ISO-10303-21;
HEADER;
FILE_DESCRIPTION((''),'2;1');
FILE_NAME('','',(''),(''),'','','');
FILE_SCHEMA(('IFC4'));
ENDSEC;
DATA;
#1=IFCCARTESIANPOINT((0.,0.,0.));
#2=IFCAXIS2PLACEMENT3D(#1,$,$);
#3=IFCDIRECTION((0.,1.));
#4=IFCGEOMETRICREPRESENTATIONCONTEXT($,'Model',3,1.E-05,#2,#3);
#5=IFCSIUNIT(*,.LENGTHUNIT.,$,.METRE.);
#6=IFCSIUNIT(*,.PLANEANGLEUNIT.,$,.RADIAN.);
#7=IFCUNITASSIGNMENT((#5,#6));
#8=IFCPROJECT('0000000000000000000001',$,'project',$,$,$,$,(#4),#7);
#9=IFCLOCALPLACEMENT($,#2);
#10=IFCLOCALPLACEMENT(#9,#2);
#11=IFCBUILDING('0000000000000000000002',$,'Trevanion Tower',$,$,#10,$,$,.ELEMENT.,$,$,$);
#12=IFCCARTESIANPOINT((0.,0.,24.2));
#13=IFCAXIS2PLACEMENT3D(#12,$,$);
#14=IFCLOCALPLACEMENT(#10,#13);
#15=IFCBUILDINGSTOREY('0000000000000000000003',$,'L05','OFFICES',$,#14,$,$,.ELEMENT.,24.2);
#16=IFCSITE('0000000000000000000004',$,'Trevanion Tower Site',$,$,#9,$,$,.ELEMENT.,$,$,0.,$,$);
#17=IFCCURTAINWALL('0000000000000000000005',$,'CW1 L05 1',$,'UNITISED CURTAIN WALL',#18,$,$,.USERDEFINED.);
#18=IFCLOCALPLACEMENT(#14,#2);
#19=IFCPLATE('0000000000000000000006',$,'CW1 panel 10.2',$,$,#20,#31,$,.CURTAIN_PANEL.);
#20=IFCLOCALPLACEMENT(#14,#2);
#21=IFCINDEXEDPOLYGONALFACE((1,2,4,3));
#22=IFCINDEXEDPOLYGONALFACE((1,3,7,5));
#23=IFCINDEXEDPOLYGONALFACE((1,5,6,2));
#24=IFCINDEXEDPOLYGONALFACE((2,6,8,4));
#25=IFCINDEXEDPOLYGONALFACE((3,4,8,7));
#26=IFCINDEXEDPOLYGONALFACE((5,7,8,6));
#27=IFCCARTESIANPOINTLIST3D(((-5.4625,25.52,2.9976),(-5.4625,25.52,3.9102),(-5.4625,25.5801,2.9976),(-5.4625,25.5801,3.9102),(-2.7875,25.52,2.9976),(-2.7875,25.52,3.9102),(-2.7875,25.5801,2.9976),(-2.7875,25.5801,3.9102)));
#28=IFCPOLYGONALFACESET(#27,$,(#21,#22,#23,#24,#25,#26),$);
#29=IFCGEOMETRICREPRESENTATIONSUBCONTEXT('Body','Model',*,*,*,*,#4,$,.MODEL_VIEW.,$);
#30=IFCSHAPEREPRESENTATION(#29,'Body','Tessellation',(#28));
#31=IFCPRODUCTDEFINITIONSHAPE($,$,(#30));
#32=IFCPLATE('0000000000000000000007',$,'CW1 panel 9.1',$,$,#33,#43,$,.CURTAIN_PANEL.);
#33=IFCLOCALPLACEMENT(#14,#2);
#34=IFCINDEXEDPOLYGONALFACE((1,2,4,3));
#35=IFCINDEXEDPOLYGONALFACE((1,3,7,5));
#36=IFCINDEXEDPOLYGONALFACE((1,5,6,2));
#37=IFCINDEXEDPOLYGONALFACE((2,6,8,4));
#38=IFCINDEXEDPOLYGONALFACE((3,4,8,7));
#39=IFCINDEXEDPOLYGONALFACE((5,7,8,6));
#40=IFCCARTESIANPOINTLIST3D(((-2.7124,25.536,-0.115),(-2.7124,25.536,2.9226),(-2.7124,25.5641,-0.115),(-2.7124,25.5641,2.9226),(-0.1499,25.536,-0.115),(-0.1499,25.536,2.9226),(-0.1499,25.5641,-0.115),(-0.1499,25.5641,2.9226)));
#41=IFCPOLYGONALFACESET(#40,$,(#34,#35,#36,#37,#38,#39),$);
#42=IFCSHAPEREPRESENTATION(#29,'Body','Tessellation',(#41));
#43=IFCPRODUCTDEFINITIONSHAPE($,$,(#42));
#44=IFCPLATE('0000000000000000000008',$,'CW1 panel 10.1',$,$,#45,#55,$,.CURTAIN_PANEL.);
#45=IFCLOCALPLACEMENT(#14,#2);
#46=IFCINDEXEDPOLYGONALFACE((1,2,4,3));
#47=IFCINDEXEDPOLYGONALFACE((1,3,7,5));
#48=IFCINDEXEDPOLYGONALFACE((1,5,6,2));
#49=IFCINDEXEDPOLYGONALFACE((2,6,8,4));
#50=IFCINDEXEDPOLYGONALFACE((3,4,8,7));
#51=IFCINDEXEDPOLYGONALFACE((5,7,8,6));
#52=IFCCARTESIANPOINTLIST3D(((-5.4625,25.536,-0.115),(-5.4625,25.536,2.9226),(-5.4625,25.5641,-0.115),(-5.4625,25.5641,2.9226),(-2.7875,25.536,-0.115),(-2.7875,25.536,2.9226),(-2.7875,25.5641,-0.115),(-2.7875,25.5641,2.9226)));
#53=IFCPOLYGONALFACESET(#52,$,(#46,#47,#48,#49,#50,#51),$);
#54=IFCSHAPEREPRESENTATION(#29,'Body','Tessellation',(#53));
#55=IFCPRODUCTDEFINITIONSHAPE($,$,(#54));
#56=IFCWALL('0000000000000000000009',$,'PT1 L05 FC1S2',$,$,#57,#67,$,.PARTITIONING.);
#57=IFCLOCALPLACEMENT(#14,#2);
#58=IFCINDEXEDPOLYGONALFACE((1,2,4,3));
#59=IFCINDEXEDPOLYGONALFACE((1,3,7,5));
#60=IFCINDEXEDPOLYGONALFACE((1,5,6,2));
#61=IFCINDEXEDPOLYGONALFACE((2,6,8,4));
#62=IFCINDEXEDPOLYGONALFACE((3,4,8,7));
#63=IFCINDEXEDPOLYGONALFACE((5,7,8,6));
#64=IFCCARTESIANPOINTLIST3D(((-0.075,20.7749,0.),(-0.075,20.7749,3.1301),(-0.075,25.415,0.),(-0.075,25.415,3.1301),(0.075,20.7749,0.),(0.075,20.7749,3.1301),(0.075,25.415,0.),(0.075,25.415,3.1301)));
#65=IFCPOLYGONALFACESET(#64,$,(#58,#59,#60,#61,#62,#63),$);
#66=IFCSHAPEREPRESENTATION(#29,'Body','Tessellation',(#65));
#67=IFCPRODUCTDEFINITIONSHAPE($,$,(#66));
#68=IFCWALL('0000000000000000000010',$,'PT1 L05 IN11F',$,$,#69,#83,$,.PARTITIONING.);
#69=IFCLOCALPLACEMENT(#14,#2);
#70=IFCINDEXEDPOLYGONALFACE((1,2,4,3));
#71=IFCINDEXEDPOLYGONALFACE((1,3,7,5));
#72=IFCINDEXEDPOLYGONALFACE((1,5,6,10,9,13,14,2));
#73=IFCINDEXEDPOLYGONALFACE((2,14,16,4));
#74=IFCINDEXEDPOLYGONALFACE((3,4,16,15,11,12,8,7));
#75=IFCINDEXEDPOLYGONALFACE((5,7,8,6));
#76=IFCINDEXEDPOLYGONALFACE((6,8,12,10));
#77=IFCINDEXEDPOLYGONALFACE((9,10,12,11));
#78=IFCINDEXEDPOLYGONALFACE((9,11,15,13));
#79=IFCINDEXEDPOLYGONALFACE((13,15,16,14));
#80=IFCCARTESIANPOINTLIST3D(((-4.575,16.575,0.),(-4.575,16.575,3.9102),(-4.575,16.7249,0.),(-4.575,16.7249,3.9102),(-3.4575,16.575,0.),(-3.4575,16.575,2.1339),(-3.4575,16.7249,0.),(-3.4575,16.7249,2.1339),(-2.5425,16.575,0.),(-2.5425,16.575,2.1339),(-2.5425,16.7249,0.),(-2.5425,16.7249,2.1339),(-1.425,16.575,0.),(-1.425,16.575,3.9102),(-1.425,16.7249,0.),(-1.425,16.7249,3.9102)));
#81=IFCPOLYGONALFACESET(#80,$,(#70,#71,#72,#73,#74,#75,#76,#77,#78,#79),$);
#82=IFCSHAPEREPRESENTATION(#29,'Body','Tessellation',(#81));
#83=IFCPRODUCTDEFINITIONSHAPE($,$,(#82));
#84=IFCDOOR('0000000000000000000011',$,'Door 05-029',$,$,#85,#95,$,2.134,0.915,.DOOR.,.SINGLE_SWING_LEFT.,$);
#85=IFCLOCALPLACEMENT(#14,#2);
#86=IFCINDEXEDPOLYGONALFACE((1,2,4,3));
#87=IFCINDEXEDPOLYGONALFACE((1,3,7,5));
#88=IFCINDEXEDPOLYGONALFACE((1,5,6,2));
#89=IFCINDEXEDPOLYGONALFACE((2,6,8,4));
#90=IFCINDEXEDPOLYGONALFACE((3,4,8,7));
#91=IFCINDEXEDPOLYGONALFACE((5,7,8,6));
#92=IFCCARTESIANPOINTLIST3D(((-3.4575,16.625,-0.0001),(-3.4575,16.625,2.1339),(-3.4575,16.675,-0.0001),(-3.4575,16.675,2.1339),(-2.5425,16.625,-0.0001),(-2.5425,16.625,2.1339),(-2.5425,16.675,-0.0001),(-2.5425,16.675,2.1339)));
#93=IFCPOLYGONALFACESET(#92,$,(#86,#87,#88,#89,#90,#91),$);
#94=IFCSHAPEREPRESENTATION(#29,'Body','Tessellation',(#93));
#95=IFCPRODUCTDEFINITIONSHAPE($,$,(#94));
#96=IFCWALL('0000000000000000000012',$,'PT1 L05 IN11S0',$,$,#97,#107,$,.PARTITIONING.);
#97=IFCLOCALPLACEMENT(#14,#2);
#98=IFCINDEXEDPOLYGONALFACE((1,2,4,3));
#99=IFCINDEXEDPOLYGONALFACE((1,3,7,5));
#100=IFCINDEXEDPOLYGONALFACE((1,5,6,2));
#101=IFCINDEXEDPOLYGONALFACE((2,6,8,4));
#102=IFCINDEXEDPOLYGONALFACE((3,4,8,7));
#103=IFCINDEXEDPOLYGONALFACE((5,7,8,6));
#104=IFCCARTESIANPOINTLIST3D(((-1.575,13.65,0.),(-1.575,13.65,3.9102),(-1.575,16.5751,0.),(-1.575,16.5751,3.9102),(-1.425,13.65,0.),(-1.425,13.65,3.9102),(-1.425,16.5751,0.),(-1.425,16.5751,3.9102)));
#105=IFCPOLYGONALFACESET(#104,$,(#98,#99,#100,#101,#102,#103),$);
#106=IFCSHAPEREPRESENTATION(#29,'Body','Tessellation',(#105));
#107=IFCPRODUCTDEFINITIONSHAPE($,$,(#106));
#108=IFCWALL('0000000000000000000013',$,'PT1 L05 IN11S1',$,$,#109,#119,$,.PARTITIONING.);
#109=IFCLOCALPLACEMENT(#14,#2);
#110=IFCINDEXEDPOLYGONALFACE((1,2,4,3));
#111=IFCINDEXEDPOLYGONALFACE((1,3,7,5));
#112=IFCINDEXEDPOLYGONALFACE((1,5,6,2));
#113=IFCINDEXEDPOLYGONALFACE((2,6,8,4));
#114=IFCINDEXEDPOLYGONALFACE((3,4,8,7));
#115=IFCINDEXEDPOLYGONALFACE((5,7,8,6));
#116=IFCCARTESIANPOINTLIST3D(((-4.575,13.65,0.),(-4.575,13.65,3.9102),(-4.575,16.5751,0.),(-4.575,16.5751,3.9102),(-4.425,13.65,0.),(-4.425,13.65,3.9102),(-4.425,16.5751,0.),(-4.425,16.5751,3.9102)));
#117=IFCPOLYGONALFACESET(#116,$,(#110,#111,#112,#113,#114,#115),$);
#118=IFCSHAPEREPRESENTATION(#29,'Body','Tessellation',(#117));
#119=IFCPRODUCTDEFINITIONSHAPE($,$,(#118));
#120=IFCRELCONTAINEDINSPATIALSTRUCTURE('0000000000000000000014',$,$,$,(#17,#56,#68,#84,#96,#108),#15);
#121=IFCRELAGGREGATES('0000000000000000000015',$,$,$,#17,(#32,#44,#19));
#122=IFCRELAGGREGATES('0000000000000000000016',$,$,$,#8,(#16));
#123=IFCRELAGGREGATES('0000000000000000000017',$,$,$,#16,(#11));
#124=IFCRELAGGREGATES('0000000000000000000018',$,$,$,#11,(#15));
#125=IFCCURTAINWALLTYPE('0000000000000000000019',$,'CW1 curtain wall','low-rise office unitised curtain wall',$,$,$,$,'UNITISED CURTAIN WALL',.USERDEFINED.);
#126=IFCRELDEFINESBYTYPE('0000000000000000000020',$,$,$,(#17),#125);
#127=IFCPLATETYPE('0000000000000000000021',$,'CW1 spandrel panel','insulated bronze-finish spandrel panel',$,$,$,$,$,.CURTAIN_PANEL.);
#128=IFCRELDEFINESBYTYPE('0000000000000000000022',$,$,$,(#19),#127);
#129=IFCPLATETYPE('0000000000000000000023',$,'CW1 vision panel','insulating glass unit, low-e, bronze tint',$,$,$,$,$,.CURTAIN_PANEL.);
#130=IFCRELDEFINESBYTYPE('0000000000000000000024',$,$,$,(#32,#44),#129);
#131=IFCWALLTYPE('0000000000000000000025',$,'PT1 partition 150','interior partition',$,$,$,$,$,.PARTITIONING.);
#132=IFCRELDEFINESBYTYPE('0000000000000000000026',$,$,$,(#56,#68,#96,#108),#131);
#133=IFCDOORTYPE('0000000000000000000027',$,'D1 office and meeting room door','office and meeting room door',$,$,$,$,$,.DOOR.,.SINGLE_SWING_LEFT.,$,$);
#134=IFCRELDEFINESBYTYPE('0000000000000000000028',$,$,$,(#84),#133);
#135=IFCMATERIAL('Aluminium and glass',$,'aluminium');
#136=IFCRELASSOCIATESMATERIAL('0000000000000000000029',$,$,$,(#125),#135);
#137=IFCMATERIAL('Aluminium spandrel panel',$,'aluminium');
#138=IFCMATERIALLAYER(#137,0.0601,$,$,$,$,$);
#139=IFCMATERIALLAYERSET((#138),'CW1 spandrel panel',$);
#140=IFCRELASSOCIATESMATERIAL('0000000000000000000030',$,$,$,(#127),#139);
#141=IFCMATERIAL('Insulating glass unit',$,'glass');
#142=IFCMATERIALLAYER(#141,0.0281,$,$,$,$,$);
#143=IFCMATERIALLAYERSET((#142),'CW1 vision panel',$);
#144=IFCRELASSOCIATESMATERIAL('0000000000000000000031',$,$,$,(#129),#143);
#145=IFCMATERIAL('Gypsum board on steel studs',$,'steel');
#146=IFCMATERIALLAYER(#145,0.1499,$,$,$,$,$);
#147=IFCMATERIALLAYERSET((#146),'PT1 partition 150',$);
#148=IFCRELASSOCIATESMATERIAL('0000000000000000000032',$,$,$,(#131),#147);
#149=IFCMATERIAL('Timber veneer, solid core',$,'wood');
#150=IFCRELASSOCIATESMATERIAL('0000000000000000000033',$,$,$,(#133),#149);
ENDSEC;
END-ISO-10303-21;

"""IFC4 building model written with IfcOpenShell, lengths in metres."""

from ifc_helpers import new_model, si_unit, direction, frame, frame_2d, origin, origin_2d, place, context, subcontext, project, spatial, rectangle, extrude, material, layer, layer_set, type_object, element, fill, aggregate, save


model = new_model("IFC4")

# Units and contexts
model_context = context("Model", 3, precision=1e-05, world=origin(), true_north=direction((0.0, 1.0)))
body_context = subcontext(model_context, "Body", "Model", "MODEL_VIEW")
ifc_project = project(units=[si_unit("LENGTHUNIT", "METRE"), si_unit("PLANEANGLEUNIT", "RADIAN")], contexts=[model_context])

# Site, building, storey
site_placement = place(None, origin())
site = spatial("IfcSite", under=ifc_project, at=site_placement, Name="Trevanion Tower Site", CompositionType="ELEMENT", RefElevation=0.0)
building_placement = place(site_placement, origin())
building = spatial("IfcBuilding", under=site, at=building_placement, Name="Trevanion Tower", CompositionType="ELEMENT")
storey_placement = place(building_placement, frame((0.0, 0.0, 24.2)))
storey = spatial("IfcBuildingStorey", under=building, at=storey_placement, Name="L05", Description="OFFICES", CompositionType="ELEMENT", Elevation=24.2)

# Curtain wall
ifc_material_1 = material(Name="Aluminium and glass", Category="aluminium")
curtain_wall_type = type_object("IfcCurtainWallType", Name="CW1 curtain wall", Description="low-rise office unitised curtain wall", ElementType="UNITISED CURTAIN WALL", PredefinedType="USERDEFINED", material=ifc_material_1)
curtain_wall_placement = place(storey_placement, origin())
curtain_wall = element("IfcCurtainWall", 1, at=curtain_wall_placement, inside=storey, type_object=curtain_wall_type, Name="CW1 L05 1", ObjectType="UNITISED CURTAIN WALL", PredefinedType="USERDEFINED")

# Plates
ifc_material_2 = material(Name="Aluminium spandrel panel", Category="aluminium")
ifc_layer_1 = layer(ifc_material_2, 0.0601)
ifc_layer_set_1 = layer_set([ifc_layer_1], Name="CW1 spandrel panel")
plate_type_1 = type_object("IfcPlateType", Name="CW1 spandrel panel", Description="insulated bronze-finish spandrel panel", PredefinedType="CURTAIN_PANEL", material=ifc_layer_set_1)
plate_1_placement = place(storey_placement, frame((-4.125, 25.55, 2.9976), z_axis=(0.0, 0.0, 1.0), x_axis=(-1.0, 0.0, 0.0)))
plate_1 = element("IfcPlate", 2, at=plate_1_placement, type_object=plate_type_1, Name="CW1 panel 10.2", PredefinedType="CURTAIN_PANEL", context=body_context, shape_type="SweptSolid", body=[
    extrude(rectangle(XDim=2.675, YDim=0.0601, at=origin_2d()), origin(), (0.0, 0.0, 1.0), 0.9126),
])
ifc_material_3 = material(Name="Insulating glass unit", Category="glass")
ifc_layer_2 = layer(ifc_material_3, 0.0281)
ifc_layer_set_2 = layer_set([ifc_layer_2], Name="CW1 vision panel")
plate_type_2 = type_object("IfcPlateType", Name="CW1 vision panel", Description="insulating glass unit, low-e, bronze tint", PredefinedType="CURTAIN_PANEL", material=ifc_layer_set_2)
plate_2_placement = place(storey_placement, frame((-1.4312, 25.55, -0.115), z_axis=(0.0, 0.0, 1.0), x_axis=(-1.0, 0.0, 0.0)))
plate_2 = element("IfcPlate", 3, at=plate_2_placement, type_object=plate_type_2, Name="CW1 panel 9.1", PredefinedType="CURTAIN_PANEL", context=body_context, shape_type="SweptSolid", body=[
    extrude(rectangle(XDim=2.5625, YDim=0.0281, at=origin_2d()), origin(), (0.0, 0.0, 1.0), 3.0376),
])
plate_3_placement = place(storey_placement, frame((-4.125, 25.55, -0.115), z_axis=(0.0, 0.0, 1.0), x_axis=(-1.0, 0.0, 0.0)))
plate_3 = element("IfcPlate", 4, at=plate_3_placement, type_object=plate_type_2, Name="CW1 panel 10.1", PredefinedType="CURTAIN_PANEL", context=body_context, shape_type="SweptSolid", body=[
    extrude(rectangle(XDim=2.675, YDim=0.0281, at=origin_2d()), origin(), (0.0, 0.0, 1.0), 3.0376),
])
aggregate(curtain_wall, [plate_2, plate_3, plate_1])

# Wall
ifc_material_4 = material(Name="Gypsum board on steel studs", Category="steel")
ifc_layer_3 = layer(ifc_material_4, 0.1499)
ifc_layer_set_3 = layer_set([ifc_layer_3], Name="PT1 partition 150")
wall_type = type_object("IfcWallType", Name="PT1 partition 150", Description="interior partition", PredefinedType="PARTITIONING", material=ifc_layer_set_3)
wall_1_placement = place(storey_placement, frame((0.0, 20.7749, 0.0), z_axis=(0.0, 0.0, 1.0), x_axis=(0.0, 1.0, 0.0)))
element("IfcWall", 5, at=wall_1_placement, inside=storey, type_object=wall_type, Name="PT1 L05 FC1S2", PredefinedType="PARTITIONING", context=body_context, shape_type="SweptSolid", body=[
    extrude(rectangle(XDim=4.6401, YDim=0.1499, at=frame_2d((2.3201, 0.0))), origin(), (0.0, 0.0, 1.0), 3.1301),
])

# Wall, opening, door
wall_2_placement = place(storey_placement, frame((-1.425, 16.6499, 0.0), z_axis=(0.0, 0.0, 1.0), x_axis=(-1.0, 0.0, 0.0)))
wall_2 = element("IfcWall", 6, at=wall_2_placement, inside=storey, type_object=wall_type, Name="PT1 L05 IN11F", PredefinedType="PARTITIONING", context=body_context, shape_type="SweptSolid", body=[
    extrude(rectangle(XDim=3.1499, YDim=0.1499, at=frame_2d((1.575, 0.0))), origin(), (0.0, 0.0, 1.0), 3.9102),
])
opening_placement = place(wall_2_placement, frame((1.1174, 0.0, 0.0)))
opening = element("IfcOpeningElement", 7, at=opening_placement, cuts=wall_2, PredefinedType="OPENING", context=body_context, shape_type="SweptSolid", body=[
    extrude(rectangle(XDim=0.915, YDim=2.134, at=frame_2d((0.4575, 1.0669))), frame((0.0, 0.085, 0.0), z_axis=(0.0, -1.0, 0.0), x_axis=(1.0, 0.0, 0.0)), (0.0, 0.0, 1.0), 0.1699),
])
ifc_material_5 = material(Name="Timber veneer, solid core", Category="wood")
door_type = type_object("IfcDoorType", Name="D1 office and meeting room door", Description="office and meeting room door", OperationType="SINGLE_SWING_LEFT", PredefinedType="DOOR", material=ifc_material_5)
door_placement = place(opening_placement, origin())
door = element("IfcDoor", 8, at=door_placement, inside=storey, type_object=door_type, Name="Door 05-029", OperationType="SINGLE_SWING_LEFT", OverallHeight=2.134, OverallWidth=0.915, PredefinedType="DOOR", context=body_context, shape_type="SweptSolid", body=[
    extrude(rectangle(XDim=0.915, YDim=2.134, at=frame_2d((0.4575, 1.0669))), frame((0.0, 0.0249, 0.0), z_axis=(0.0, -1.0, 0.0), x_axis=(1.0, 0.0, 0.0)), (0.0, 0.0, 1.0), 0.05),
])
fill(opening, door)

# Walls
for number, where, z_axis, x_axis, name in (
    (9, (-1.5, 16.575, 0.0), (0.0, 0.0, 1.0), (0.0, -1.0, 0.0), "PT1 L05 IN11S0"),
    (10, (-4.5, 16.575, 0.0), (0.0, 0.0, 1.0), (0.0, -1.0, 0.0), "PT1 L05 IN11S1"),
):
    element("IfcWall", number, at=place(storey_placement, frame(where, z_axis=z_axis, x_axis=x_axis)), inside=storey, type_object=wall_type, Name=name, PredefinedType="PARTITIONING", context=body_context, shape_type="SweptSolid", body=[
        extrude(rectangle(XDim=2.925, YDim=0.1499, at=frame_2d((1.4624, 0.0))), origin(), (0.0, 0.0, 1.0), 3.9102),
    ])

save(model, "model.ifc")
